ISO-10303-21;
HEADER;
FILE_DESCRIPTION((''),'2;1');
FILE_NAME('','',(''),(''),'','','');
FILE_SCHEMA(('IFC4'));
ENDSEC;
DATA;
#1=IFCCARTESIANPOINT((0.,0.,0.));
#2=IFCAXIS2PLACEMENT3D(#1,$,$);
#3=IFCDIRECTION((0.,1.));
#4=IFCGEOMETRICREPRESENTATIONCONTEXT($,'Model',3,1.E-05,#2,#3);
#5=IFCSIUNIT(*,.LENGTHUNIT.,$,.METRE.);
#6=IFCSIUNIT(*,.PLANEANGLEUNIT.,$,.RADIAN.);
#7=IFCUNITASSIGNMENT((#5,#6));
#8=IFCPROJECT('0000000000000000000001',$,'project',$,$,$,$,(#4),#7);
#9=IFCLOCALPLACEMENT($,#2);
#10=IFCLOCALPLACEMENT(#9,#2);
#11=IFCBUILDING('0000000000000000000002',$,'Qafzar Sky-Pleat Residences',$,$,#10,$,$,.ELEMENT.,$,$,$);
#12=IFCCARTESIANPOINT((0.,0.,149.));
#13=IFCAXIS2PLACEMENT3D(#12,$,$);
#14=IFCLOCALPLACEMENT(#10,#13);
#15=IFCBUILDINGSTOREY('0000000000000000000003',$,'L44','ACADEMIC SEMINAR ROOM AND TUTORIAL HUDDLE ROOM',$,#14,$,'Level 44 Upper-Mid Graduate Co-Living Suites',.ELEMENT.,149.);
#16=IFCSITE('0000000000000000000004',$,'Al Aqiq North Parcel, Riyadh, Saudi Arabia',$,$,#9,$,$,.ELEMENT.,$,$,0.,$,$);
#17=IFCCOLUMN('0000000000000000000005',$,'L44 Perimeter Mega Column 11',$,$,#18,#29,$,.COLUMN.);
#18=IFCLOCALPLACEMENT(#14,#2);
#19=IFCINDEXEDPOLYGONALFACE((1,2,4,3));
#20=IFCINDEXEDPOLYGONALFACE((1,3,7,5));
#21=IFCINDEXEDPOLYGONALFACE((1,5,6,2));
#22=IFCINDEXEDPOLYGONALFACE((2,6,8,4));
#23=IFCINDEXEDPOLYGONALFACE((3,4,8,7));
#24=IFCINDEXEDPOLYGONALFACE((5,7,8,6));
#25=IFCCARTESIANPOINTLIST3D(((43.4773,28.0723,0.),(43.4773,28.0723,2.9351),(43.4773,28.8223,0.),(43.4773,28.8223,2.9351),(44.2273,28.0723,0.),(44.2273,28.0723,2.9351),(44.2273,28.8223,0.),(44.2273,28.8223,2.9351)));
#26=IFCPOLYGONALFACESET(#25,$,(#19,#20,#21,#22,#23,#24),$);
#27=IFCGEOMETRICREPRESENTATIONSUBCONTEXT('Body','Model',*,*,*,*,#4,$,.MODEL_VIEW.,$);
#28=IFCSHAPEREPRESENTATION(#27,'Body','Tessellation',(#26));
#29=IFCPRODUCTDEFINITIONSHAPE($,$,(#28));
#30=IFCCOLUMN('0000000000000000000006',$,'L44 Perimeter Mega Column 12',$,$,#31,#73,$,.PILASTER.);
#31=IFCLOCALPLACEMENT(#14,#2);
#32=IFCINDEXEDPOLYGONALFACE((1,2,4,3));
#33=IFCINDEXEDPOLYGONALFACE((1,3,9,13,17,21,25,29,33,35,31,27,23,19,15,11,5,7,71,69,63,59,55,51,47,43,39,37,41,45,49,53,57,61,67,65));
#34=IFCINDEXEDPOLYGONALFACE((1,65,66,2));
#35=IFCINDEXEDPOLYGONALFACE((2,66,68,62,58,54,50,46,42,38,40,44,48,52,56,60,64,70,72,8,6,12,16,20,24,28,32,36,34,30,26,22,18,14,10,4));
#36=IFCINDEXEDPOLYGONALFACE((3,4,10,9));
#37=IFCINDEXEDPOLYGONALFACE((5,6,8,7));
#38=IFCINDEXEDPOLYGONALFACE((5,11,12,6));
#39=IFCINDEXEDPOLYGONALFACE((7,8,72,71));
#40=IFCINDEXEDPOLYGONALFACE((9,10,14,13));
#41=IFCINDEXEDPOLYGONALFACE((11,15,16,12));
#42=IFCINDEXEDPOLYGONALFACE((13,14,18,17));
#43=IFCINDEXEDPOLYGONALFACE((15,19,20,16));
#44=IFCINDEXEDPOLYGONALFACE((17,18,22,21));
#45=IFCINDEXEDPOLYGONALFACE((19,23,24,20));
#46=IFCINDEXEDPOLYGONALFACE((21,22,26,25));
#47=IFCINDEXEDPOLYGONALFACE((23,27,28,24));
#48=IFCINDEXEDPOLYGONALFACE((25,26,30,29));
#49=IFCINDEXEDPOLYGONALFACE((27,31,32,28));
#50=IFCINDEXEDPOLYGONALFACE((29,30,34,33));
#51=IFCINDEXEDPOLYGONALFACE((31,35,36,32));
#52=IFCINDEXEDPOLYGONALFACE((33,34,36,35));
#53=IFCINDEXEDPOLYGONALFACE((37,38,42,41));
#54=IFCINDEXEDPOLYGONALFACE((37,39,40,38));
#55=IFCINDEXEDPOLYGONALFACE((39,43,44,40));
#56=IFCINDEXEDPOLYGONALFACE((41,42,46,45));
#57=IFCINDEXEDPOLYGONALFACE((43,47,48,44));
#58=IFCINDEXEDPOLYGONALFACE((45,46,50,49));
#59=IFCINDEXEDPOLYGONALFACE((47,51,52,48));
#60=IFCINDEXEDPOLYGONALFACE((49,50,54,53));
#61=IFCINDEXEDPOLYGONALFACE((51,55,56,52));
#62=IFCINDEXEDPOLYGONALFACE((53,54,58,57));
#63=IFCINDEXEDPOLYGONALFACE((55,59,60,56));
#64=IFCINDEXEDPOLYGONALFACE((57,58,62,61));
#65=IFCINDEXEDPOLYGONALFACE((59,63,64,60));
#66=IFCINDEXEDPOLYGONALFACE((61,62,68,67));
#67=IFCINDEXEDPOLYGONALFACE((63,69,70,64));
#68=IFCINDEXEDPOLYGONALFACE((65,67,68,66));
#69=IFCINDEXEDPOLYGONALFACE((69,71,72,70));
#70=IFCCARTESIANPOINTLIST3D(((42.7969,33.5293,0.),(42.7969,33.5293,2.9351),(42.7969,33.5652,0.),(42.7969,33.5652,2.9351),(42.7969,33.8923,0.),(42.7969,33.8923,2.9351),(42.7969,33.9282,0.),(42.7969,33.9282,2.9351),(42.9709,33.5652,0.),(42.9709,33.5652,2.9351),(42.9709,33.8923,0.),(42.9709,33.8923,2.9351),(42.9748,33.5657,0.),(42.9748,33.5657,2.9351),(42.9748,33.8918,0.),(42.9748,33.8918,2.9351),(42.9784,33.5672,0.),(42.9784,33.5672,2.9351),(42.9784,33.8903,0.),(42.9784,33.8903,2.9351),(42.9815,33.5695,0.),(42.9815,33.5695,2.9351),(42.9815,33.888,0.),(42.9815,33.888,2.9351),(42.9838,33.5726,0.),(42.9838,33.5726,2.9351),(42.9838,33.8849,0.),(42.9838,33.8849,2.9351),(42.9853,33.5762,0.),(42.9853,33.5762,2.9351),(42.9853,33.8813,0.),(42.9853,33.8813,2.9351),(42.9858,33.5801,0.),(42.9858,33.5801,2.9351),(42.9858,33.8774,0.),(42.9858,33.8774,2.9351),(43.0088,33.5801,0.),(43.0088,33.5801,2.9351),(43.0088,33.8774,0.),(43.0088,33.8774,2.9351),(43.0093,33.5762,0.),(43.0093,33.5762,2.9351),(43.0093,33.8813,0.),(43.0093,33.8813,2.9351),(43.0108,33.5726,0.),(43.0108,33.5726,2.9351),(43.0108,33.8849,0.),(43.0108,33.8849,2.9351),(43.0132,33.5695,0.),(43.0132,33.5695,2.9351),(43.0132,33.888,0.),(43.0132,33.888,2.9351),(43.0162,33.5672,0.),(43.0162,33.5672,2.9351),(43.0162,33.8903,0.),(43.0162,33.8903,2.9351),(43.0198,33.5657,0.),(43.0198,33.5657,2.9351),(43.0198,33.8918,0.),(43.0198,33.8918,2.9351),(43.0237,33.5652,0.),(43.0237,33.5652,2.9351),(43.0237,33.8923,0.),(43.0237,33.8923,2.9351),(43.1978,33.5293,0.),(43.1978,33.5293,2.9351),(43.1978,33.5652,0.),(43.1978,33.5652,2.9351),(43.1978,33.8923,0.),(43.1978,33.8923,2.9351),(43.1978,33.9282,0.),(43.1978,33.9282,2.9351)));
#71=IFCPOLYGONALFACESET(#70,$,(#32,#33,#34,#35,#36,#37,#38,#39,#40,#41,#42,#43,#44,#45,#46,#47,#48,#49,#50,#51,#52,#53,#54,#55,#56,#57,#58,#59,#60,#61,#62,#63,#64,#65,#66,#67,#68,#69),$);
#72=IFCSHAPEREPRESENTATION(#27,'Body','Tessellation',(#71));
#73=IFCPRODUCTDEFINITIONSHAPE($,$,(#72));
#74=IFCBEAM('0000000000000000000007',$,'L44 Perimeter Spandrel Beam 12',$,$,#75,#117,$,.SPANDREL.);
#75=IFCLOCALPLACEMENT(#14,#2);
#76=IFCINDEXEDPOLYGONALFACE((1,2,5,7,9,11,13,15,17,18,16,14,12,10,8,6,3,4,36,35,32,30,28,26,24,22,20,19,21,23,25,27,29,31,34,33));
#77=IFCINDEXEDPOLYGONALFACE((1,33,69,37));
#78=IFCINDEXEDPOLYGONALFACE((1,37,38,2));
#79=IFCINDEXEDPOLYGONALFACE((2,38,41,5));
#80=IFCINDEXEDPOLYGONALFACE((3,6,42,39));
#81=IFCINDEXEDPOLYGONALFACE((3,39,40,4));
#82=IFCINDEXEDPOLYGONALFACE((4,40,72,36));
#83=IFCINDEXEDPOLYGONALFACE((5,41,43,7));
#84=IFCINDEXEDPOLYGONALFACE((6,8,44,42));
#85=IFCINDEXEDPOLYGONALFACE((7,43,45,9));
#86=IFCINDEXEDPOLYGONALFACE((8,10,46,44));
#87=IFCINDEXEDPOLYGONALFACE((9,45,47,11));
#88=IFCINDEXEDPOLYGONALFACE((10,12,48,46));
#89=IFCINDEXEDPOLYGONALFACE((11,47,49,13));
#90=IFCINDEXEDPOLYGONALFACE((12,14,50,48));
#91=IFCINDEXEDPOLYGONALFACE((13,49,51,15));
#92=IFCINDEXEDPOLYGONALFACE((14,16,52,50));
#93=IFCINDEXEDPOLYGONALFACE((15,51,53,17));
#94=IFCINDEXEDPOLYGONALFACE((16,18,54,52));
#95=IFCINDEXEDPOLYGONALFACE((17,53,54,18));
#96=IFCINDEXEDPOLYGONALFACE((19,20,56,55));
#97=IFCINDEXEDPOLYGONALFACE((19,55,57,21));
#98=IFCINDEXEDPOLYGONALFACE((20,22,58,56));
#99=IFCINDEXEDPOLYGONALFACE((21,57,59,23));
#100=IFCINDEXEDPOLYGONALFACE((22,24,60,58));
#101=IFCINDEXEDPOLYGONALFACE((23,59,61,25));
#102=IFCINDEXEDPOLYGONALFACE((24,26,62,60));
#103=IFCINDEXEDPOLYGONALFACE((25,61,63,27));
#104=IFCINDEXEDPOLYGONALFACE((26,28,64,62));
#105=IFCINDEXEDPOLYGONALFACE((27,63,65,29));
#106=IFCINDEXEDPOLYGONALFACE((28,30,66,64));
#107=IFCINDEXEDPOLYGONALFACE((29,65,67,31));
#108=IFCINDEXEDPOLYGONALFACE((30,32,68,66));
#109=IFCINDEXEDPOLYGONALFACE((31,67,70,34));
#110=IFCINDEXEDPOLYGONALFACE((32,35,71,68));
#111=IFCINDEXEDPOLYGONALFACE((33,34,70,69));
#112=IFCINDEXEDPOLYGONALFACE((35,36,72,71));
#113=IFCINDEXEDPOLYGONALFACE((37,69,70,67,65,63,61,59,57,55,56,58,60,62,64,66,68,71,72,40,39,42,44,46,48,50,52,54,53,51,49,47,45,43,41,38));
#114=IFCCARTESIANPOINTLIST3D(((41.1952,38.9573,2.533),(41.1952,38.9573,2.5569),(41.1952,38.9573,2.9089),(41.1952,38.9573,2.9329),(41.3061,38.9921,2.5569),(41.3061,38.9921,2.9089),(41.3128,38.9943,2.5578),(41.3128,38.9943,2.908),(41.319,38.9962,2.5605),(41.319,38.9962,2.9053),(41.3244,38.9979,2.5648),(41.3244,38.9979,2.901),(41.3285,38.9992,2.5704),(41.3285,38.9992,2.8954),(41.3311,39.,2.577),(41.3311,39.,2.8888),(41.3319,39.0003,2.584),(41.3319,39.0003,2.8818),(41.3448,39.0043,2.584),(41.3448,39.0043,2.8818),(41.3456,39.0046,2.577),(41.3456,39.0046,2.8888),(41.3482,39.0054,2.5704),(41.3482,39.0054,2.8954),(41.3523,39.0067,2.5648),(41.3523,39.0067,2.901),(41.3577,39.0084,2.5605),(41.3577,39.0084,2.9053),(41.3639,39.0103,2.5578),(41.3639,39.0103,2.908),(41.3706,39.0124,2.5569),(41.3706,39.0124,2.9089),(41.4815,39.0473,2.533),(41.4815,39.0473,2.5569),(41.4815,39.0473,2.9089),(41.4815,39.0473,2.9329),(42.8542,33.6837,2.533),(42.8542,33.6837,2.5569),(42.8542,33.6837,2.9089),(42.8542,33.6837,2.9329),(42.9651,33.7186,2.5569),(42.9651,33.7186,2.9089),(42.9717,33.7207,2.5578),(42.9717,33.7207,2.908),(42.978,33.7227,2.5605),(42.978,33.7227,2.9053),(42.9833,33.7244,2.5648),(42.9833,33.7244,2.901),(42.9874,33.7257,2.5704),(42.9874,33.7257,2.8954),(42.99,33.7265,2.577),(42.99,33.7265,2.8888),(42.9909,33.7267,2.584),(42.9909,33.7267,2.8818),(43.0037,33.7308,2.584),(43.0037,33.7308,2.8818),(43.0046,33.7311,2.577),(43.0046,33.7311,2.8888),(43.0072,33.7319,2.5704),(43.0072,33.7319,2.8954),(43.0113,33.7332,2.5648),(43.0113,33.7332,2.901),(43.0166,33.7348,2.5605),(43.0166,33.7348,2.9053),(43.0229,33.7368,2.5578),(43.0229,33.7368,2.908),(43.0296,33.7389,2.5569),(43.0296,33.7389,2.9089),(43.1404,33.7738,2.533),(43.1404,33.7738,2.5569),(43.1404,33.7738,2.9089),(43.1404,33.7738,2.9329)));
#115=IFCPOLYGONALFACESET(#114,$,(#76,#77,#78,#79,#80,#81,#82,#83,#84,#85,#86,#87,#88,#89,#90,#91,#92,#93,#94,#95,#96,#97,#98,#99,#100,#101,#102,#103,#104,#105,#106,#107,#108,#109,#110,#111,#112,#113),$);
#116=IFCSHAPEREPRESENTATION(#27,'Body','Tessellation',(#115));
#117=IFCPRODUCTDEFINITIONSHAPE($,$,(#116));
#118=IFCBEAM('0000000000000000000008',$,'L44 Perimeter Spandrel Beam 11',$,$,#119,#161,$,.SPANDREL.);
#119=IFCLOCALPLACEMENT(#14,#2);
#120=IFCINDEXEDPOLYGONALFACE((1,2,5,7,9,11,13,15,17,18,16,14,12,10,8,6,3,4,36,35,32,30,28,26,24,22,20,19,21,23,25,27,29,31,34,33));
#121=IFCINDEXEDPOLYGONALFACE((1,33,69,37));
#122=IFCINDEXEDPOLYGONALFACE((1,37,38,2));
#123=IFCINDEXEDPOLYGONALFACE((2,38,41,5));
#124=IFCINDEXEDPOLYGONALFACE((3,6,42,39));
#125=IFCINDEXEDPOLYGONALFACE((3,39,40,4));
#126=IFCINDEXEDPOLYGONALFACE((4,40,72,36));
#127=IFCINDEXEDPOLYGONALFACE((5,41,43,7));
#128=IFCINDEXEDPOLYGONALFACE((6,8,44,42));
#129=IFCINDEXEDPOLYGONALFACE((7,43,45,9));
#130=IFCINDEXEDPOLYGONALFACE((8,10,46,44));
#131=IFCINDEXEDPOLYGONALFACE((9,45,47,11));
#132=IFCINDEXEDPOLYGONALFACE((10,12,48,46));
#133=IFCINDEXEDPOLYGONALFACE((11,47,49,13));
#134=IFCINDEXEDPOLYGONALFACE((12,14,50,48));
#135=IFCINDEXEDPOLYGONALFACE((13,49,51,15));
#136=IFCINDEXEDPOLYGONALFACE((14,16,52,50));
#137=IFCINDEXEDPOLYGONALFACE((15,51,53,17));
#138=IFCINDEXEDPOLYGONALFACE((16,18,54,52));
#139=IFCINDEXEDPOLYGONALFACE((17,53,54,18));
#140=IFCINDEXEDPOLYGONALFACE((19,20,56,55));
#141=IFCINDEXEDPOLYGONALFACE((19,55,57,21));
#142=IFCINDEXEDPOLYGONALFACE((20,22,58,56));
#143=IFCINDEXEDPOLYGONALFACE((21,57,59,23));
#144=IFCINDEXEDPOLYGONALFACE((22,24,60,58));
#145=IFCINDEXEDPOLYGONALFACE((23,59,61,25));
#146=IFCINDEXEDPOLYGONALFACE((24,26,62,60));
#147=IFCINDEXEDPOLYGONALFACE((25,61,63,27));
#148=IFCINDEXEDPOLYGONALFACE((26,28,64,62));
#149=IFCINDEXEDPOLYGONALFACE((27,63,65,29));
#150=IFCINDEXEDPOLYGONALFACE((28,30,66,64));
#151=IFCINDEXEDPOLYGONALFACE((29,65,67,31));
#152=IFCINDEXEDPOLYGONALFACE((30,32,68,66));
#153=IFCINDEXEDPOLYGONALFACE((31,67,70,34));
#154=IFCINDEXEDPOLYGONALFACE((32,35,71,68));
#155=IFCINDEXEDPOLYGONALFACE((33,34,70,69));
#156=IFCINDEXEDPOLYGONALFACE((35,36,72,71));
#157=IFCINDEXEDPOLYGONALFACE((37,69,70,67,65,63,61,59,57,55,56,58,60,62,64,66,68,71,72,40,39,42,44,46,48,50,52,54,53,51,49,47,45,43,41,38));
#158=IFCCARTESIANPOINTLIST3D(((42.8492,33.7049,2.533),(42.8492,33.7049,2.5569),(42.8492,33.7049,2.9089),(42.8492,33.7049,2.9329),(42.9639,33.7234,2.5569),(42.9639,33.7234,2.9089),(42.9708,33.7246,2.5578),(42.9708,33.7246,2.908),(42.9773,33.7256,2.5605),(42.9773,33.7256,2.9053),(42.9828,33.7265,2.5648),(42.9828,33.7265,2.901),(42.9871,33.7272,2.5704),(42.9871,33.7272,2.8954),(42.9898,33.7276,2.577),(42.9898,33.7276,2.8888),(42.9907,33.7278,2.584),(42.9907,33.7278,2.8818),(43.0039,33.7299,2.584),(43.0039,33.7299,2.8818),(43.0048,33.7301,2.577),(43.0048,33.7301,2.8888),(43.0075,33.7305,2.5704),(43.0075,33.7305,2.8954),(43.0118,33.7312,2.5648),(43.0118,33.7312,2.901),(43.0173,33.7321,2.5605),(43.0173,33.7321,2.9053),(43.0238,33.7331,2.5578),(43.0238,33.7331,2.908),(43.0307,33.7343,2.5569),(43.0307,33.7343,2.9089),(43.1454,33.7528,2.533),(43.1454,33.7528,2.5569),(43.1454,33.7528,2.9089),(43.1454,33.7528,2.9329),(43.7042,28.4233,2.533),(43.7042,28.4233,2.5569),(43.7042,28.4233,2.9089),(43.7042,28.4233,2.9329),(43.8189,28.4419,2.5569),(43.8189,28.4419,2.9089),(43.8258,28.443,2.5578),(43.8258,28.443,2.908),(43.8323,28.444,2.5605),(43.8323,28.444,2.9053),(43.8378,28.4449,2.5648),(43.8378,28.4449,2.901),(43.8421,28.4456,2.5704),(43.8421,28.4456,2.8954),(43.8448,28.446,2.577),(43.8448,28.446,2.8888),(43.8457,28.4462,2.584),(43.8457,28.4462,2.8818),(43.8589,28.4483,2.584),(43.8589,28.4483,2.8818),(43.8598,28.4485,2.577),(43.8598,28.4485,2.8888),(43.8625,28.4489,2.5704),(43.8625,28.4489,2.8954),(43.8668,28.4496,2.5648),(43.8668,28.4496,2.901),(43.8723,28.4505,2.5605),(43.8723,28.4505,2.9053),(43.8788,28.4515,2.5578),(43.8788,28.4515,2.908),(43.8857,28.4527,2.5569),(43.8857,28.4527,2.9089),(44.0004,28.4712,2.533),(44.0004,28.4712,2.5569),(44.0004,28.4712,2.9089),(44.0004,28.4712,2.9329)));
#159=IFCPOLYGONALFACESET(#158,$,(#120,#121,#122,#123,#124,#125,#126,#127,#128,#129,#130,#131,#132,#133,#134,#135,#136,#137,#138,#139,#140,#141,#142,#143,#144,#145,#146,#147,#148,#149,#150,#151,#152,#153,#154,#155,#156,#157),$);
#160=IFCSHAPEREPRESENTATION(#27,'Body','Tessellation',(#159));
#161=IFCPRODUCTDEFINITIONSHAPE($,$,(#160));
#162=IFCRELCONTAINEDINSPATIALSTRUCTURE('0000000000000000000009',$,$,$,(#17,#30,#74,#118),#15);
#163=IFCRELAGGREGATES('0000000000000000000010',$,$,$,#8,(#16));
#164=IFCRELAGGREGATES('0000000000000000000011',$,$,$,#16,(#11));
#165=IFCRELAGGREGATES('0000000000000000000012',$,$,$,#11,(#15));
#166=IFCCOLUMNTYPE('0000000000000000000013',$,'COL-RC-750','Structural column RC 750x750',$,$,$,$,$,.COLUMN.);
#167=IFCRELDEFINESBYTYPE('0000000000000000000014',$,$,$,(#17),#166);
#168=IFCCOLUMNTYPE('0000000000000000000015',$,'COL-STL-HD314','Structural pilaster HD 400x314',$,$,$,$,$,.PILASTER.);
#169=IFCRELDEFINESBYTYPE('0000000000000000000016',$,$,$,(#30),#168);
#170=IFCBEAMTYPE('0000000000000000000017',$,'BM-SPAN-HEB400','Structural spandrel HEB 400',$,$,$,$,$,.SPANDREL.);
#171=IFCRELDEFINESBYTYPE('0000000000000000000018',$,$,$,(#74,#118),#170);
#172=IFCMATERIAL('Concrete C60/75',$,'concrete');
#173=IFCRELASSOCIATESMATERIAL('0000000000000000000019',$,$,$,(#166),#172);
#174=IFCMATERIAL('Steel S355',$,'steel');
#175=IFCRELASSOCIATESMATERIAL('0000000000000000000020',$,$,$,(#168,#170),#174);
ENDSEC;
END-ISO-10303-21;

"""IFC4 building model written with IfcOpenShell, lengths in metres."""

from ifc_helpers import new_model, si_unit, direction, frame, origin, origin_2d, place, context, subcontext, project, spatial, rectangle, i_section, extrude, source, transform, mapped, material, material_profile, profile_set, type_object, element, save


model = new_model("IFC4")

# Units and contexts
model_context = context("Model", 3, precision=1e-05, world=origin(), true_north=direction((0.0, 1.0)))
body_context = subcontext(model_context, "Body", "Model", "MODEL_VIEW")
ifc_project = project(units=[si_unit("LENGTHUNIT", "METRE"), si_unit("PLANEANGLEUNIT", "RADIAN")], contexts=[model_context])

# Site, building, storey
site_placement = place(None, origin())
site = spatial("IfcSite", under=ifc_project, at=site_placement, Name="Al Aqiq North Parcel, Riyadh, Saudi Arabia", CompositionType="ELEMENT", RefElevation=0.0)
building_placement = place(site_placement, origin())
building = spatial("IfcBuilding", under=site, at=building_placement, Name="Qafzar Sky-Pleat Residences", CompositionType="ELEMENT")
storey_placement = place(building_placement, frame((0.0, 0.0, 149.0)))
storey = spatial("IfcBuildingStorey", under=building, at=storey_placement, Name="L44", Description="ACADEMIC SEMINAR ROOM AND TUTORIAL HUDDLE ROOM", LongName="Level 44 Upper-Mid Graduate Co-Living Suites", CompositionType="ELEMENT", Elevation=149.0)

# Columns
ifc_material_1 = material(Name="Concrete C60/75", Category="concrete")
ifc_material_profile_1 = material_profile(ifc_material_1, rectangle(XDim=0.75, YDim=0.75, at=origin_2d()), Name="RC 750x750")
ifc_profile_set_1 = profile_set([ifc_material_profile_1], Name="Concrete C60/75")
column_type_1 = type_object("IfcColumnType", Name="COL-RC-750", Description="Structural column RC 750x750", PredefinedType="COLUMN", material=ifc_profile_set_1)
shared_shape_1 = source(origin(), body_context, "Body", "SweptSolid", [
    extrude(rectangle(XDim=0.75, YDim=0.75, at=origin_2d()), origin(), (0.0, 0.0, 1.0), 2.9351),
])
column_1_placement = place(storey_placement, frame((43.8523, 28.4473, 0.0), z_axis=(0.0, 0.0, 1.0), x_axis=(1.0, 0.0, 0.0)))
element("IfcColumn", 1, at=column_1_placement, inside=storey, type_object=column_type_1, Name="L44 Perimeter Mega Column 11", PredefinedType="COLUMN", context=body_context, shape_type="MappedRepresentation", body=[
    mapped(shared_shape_1, transform((0.0, 0.0, 0.0), x_axis=(1.0, 0.0, 0.0), y_axis=(0.0, 1.0, 0.0), z_axis=(0.0, 0.0, 1.0), scale=1.0)),
])
ifc_material_2 = material(Name="Steel S355", Category="steel")
ifc_material_profile_2 = material_profile(ifc_material_2, i_section(OverallWidth=0.4009, OverallDepth=0.3989, WebThickness=0.0229, FlangeThickness=0.0359, FilletRadius=0.0149, at=origin_2d()), Name="HD 400x314")
ifc_profile_set_2 = profile_set([ifc_material_profile_2], Name="Steel S355")
column_type_2 = type_object("IfcColumnType", Name="COL-STL-HD314", Description="Structural pilaster HD 400x314", PredefinedType="PILASTER", material=ifc_profile_set_2)
shared_shape_2 = source(origin(), body_context, "Body", "SweptSolid", [
    extrude(i_section(OverallWidth=0.4009, OverallDepth=0.3989, WebThickness=0.0229, FlangeThickness=0.0359, FilletRadius=0.0149, at=origin_2d()), origin(), (0.0, 0.0, 1.0), 2.9351),
])
column_2_placement = place(storey_placement, frame((42.9973, 33.7288, 0.0), z_axis=(0.0, 0.0, 1.0), x_axis=(1.0, 0.0, 0.0)))
element("IfcColumn", 2, at=column_2_placement, inside=storey, type_object=column_type_2, Name="L44 Perimeter Mega Column 12", PredefinedType="PILASTER", context=body_context, shape_type="MappedRepresentation", body=[
    mapped(shared_shape_2, transform((0.0, 0.0, 0.0), x_axis=(1.0, 0.0, 0.0), y_axis=(0.0, 1.0, 0.0), z_axis=(0.0, 0.0, 1.0), scale=1.0)),
])

# Beams
ifc_material_profile_3 = material_profile(ifc_material_2, i_section(OverallWidth=0.3, OverallDepth=0.3999, WebThickness=0.0134, FlangeThickness=0.0239, FilletRadius=0.0271, at=origin_2d()), Name="HEB 400")
ifc_profile_set_3 = profile_set([ifc_material_profile_3], Name="Steel S355")
beam_type_1 = type_object("IfcBeamType", Name="BM-SPAN-HEB400", Description="Structural spandrel HEB 400", PredefinedType="SPANDREL", material=ifc_profile_set_3)
shared_shape_3 = source(origin(), body_context, "Body", "SweptSolid", [
    extrude(i_section(OverallWidth=0.3, OverallDepth=0.3999, WebThickness=0.0134, FlangeThickness=0.0239, FilletRadius=0.0271, at=origin_2d()), origin(), (0.0, 0.0, 1.0), 5.5283),
])
beam_1_placement = place(storey_placement, frame((42.9973, 33.7288, 2.7329), z_axis=(-0.300085, 0.953912, 0.0), x_axis=(-0.953912, -0.300085, 0.0)))
element("IfcBeam", 3, at=beam_1_placement, inside=storey, type_object=beam_type_1, Name="L44 Perimeter Spandrel Beam 12", PredefinedType="SPANDREL", context=body_context, shape_type="MappedRepresentation", body=[
    mapped(shared_shape_3, transform((0.0, 0.0, 0.0), x_axis=(1.0, 0.0, 0.0), y_axis=(0.0, 1.0, 0.0), z_axis=(0.0, 0.0, 1.0), scale=1.0)),
])
shared_shape_4 = source(origin(), body_context, "Body", "SweptSolid", [
    extrude(i_section(OverallWidth=0.3, OverallDepth=0.3999, WebThickness=0.0134, FlangeThickness=0.0239, FilletRadius=0.0271, at=origin_2d()), origin(), (0.0, 0.0, 1.0), 5.3503),
])
beam_2_placement = place(storey_placement, frame((43.8523, 28.4473, 2.7329), z_axis=(-0.159802, 0.987149, 0.0), x_axis=(-0.987149, -0.159802, 0.0)))
element("IfcBeam", 4, at=beam_2_placement, inside=storey, type_object=beam_type_1, Name="L44 Perimeter Spandrel Beam 11", PredefinedType="SPANDREL", context=body_context, shape_type="MappedRepresentation", body=[
    mapped(shared_shape_4, transform((0.0, 0.0, 0.0), x_axis=(1.0, 0.0, 0.0), y_axis=(0.0, 1.0, 0.0), z_axis=(0.0, 0.0, 1.0), scale=1.0)),
])

save(model, "model.ifc")
